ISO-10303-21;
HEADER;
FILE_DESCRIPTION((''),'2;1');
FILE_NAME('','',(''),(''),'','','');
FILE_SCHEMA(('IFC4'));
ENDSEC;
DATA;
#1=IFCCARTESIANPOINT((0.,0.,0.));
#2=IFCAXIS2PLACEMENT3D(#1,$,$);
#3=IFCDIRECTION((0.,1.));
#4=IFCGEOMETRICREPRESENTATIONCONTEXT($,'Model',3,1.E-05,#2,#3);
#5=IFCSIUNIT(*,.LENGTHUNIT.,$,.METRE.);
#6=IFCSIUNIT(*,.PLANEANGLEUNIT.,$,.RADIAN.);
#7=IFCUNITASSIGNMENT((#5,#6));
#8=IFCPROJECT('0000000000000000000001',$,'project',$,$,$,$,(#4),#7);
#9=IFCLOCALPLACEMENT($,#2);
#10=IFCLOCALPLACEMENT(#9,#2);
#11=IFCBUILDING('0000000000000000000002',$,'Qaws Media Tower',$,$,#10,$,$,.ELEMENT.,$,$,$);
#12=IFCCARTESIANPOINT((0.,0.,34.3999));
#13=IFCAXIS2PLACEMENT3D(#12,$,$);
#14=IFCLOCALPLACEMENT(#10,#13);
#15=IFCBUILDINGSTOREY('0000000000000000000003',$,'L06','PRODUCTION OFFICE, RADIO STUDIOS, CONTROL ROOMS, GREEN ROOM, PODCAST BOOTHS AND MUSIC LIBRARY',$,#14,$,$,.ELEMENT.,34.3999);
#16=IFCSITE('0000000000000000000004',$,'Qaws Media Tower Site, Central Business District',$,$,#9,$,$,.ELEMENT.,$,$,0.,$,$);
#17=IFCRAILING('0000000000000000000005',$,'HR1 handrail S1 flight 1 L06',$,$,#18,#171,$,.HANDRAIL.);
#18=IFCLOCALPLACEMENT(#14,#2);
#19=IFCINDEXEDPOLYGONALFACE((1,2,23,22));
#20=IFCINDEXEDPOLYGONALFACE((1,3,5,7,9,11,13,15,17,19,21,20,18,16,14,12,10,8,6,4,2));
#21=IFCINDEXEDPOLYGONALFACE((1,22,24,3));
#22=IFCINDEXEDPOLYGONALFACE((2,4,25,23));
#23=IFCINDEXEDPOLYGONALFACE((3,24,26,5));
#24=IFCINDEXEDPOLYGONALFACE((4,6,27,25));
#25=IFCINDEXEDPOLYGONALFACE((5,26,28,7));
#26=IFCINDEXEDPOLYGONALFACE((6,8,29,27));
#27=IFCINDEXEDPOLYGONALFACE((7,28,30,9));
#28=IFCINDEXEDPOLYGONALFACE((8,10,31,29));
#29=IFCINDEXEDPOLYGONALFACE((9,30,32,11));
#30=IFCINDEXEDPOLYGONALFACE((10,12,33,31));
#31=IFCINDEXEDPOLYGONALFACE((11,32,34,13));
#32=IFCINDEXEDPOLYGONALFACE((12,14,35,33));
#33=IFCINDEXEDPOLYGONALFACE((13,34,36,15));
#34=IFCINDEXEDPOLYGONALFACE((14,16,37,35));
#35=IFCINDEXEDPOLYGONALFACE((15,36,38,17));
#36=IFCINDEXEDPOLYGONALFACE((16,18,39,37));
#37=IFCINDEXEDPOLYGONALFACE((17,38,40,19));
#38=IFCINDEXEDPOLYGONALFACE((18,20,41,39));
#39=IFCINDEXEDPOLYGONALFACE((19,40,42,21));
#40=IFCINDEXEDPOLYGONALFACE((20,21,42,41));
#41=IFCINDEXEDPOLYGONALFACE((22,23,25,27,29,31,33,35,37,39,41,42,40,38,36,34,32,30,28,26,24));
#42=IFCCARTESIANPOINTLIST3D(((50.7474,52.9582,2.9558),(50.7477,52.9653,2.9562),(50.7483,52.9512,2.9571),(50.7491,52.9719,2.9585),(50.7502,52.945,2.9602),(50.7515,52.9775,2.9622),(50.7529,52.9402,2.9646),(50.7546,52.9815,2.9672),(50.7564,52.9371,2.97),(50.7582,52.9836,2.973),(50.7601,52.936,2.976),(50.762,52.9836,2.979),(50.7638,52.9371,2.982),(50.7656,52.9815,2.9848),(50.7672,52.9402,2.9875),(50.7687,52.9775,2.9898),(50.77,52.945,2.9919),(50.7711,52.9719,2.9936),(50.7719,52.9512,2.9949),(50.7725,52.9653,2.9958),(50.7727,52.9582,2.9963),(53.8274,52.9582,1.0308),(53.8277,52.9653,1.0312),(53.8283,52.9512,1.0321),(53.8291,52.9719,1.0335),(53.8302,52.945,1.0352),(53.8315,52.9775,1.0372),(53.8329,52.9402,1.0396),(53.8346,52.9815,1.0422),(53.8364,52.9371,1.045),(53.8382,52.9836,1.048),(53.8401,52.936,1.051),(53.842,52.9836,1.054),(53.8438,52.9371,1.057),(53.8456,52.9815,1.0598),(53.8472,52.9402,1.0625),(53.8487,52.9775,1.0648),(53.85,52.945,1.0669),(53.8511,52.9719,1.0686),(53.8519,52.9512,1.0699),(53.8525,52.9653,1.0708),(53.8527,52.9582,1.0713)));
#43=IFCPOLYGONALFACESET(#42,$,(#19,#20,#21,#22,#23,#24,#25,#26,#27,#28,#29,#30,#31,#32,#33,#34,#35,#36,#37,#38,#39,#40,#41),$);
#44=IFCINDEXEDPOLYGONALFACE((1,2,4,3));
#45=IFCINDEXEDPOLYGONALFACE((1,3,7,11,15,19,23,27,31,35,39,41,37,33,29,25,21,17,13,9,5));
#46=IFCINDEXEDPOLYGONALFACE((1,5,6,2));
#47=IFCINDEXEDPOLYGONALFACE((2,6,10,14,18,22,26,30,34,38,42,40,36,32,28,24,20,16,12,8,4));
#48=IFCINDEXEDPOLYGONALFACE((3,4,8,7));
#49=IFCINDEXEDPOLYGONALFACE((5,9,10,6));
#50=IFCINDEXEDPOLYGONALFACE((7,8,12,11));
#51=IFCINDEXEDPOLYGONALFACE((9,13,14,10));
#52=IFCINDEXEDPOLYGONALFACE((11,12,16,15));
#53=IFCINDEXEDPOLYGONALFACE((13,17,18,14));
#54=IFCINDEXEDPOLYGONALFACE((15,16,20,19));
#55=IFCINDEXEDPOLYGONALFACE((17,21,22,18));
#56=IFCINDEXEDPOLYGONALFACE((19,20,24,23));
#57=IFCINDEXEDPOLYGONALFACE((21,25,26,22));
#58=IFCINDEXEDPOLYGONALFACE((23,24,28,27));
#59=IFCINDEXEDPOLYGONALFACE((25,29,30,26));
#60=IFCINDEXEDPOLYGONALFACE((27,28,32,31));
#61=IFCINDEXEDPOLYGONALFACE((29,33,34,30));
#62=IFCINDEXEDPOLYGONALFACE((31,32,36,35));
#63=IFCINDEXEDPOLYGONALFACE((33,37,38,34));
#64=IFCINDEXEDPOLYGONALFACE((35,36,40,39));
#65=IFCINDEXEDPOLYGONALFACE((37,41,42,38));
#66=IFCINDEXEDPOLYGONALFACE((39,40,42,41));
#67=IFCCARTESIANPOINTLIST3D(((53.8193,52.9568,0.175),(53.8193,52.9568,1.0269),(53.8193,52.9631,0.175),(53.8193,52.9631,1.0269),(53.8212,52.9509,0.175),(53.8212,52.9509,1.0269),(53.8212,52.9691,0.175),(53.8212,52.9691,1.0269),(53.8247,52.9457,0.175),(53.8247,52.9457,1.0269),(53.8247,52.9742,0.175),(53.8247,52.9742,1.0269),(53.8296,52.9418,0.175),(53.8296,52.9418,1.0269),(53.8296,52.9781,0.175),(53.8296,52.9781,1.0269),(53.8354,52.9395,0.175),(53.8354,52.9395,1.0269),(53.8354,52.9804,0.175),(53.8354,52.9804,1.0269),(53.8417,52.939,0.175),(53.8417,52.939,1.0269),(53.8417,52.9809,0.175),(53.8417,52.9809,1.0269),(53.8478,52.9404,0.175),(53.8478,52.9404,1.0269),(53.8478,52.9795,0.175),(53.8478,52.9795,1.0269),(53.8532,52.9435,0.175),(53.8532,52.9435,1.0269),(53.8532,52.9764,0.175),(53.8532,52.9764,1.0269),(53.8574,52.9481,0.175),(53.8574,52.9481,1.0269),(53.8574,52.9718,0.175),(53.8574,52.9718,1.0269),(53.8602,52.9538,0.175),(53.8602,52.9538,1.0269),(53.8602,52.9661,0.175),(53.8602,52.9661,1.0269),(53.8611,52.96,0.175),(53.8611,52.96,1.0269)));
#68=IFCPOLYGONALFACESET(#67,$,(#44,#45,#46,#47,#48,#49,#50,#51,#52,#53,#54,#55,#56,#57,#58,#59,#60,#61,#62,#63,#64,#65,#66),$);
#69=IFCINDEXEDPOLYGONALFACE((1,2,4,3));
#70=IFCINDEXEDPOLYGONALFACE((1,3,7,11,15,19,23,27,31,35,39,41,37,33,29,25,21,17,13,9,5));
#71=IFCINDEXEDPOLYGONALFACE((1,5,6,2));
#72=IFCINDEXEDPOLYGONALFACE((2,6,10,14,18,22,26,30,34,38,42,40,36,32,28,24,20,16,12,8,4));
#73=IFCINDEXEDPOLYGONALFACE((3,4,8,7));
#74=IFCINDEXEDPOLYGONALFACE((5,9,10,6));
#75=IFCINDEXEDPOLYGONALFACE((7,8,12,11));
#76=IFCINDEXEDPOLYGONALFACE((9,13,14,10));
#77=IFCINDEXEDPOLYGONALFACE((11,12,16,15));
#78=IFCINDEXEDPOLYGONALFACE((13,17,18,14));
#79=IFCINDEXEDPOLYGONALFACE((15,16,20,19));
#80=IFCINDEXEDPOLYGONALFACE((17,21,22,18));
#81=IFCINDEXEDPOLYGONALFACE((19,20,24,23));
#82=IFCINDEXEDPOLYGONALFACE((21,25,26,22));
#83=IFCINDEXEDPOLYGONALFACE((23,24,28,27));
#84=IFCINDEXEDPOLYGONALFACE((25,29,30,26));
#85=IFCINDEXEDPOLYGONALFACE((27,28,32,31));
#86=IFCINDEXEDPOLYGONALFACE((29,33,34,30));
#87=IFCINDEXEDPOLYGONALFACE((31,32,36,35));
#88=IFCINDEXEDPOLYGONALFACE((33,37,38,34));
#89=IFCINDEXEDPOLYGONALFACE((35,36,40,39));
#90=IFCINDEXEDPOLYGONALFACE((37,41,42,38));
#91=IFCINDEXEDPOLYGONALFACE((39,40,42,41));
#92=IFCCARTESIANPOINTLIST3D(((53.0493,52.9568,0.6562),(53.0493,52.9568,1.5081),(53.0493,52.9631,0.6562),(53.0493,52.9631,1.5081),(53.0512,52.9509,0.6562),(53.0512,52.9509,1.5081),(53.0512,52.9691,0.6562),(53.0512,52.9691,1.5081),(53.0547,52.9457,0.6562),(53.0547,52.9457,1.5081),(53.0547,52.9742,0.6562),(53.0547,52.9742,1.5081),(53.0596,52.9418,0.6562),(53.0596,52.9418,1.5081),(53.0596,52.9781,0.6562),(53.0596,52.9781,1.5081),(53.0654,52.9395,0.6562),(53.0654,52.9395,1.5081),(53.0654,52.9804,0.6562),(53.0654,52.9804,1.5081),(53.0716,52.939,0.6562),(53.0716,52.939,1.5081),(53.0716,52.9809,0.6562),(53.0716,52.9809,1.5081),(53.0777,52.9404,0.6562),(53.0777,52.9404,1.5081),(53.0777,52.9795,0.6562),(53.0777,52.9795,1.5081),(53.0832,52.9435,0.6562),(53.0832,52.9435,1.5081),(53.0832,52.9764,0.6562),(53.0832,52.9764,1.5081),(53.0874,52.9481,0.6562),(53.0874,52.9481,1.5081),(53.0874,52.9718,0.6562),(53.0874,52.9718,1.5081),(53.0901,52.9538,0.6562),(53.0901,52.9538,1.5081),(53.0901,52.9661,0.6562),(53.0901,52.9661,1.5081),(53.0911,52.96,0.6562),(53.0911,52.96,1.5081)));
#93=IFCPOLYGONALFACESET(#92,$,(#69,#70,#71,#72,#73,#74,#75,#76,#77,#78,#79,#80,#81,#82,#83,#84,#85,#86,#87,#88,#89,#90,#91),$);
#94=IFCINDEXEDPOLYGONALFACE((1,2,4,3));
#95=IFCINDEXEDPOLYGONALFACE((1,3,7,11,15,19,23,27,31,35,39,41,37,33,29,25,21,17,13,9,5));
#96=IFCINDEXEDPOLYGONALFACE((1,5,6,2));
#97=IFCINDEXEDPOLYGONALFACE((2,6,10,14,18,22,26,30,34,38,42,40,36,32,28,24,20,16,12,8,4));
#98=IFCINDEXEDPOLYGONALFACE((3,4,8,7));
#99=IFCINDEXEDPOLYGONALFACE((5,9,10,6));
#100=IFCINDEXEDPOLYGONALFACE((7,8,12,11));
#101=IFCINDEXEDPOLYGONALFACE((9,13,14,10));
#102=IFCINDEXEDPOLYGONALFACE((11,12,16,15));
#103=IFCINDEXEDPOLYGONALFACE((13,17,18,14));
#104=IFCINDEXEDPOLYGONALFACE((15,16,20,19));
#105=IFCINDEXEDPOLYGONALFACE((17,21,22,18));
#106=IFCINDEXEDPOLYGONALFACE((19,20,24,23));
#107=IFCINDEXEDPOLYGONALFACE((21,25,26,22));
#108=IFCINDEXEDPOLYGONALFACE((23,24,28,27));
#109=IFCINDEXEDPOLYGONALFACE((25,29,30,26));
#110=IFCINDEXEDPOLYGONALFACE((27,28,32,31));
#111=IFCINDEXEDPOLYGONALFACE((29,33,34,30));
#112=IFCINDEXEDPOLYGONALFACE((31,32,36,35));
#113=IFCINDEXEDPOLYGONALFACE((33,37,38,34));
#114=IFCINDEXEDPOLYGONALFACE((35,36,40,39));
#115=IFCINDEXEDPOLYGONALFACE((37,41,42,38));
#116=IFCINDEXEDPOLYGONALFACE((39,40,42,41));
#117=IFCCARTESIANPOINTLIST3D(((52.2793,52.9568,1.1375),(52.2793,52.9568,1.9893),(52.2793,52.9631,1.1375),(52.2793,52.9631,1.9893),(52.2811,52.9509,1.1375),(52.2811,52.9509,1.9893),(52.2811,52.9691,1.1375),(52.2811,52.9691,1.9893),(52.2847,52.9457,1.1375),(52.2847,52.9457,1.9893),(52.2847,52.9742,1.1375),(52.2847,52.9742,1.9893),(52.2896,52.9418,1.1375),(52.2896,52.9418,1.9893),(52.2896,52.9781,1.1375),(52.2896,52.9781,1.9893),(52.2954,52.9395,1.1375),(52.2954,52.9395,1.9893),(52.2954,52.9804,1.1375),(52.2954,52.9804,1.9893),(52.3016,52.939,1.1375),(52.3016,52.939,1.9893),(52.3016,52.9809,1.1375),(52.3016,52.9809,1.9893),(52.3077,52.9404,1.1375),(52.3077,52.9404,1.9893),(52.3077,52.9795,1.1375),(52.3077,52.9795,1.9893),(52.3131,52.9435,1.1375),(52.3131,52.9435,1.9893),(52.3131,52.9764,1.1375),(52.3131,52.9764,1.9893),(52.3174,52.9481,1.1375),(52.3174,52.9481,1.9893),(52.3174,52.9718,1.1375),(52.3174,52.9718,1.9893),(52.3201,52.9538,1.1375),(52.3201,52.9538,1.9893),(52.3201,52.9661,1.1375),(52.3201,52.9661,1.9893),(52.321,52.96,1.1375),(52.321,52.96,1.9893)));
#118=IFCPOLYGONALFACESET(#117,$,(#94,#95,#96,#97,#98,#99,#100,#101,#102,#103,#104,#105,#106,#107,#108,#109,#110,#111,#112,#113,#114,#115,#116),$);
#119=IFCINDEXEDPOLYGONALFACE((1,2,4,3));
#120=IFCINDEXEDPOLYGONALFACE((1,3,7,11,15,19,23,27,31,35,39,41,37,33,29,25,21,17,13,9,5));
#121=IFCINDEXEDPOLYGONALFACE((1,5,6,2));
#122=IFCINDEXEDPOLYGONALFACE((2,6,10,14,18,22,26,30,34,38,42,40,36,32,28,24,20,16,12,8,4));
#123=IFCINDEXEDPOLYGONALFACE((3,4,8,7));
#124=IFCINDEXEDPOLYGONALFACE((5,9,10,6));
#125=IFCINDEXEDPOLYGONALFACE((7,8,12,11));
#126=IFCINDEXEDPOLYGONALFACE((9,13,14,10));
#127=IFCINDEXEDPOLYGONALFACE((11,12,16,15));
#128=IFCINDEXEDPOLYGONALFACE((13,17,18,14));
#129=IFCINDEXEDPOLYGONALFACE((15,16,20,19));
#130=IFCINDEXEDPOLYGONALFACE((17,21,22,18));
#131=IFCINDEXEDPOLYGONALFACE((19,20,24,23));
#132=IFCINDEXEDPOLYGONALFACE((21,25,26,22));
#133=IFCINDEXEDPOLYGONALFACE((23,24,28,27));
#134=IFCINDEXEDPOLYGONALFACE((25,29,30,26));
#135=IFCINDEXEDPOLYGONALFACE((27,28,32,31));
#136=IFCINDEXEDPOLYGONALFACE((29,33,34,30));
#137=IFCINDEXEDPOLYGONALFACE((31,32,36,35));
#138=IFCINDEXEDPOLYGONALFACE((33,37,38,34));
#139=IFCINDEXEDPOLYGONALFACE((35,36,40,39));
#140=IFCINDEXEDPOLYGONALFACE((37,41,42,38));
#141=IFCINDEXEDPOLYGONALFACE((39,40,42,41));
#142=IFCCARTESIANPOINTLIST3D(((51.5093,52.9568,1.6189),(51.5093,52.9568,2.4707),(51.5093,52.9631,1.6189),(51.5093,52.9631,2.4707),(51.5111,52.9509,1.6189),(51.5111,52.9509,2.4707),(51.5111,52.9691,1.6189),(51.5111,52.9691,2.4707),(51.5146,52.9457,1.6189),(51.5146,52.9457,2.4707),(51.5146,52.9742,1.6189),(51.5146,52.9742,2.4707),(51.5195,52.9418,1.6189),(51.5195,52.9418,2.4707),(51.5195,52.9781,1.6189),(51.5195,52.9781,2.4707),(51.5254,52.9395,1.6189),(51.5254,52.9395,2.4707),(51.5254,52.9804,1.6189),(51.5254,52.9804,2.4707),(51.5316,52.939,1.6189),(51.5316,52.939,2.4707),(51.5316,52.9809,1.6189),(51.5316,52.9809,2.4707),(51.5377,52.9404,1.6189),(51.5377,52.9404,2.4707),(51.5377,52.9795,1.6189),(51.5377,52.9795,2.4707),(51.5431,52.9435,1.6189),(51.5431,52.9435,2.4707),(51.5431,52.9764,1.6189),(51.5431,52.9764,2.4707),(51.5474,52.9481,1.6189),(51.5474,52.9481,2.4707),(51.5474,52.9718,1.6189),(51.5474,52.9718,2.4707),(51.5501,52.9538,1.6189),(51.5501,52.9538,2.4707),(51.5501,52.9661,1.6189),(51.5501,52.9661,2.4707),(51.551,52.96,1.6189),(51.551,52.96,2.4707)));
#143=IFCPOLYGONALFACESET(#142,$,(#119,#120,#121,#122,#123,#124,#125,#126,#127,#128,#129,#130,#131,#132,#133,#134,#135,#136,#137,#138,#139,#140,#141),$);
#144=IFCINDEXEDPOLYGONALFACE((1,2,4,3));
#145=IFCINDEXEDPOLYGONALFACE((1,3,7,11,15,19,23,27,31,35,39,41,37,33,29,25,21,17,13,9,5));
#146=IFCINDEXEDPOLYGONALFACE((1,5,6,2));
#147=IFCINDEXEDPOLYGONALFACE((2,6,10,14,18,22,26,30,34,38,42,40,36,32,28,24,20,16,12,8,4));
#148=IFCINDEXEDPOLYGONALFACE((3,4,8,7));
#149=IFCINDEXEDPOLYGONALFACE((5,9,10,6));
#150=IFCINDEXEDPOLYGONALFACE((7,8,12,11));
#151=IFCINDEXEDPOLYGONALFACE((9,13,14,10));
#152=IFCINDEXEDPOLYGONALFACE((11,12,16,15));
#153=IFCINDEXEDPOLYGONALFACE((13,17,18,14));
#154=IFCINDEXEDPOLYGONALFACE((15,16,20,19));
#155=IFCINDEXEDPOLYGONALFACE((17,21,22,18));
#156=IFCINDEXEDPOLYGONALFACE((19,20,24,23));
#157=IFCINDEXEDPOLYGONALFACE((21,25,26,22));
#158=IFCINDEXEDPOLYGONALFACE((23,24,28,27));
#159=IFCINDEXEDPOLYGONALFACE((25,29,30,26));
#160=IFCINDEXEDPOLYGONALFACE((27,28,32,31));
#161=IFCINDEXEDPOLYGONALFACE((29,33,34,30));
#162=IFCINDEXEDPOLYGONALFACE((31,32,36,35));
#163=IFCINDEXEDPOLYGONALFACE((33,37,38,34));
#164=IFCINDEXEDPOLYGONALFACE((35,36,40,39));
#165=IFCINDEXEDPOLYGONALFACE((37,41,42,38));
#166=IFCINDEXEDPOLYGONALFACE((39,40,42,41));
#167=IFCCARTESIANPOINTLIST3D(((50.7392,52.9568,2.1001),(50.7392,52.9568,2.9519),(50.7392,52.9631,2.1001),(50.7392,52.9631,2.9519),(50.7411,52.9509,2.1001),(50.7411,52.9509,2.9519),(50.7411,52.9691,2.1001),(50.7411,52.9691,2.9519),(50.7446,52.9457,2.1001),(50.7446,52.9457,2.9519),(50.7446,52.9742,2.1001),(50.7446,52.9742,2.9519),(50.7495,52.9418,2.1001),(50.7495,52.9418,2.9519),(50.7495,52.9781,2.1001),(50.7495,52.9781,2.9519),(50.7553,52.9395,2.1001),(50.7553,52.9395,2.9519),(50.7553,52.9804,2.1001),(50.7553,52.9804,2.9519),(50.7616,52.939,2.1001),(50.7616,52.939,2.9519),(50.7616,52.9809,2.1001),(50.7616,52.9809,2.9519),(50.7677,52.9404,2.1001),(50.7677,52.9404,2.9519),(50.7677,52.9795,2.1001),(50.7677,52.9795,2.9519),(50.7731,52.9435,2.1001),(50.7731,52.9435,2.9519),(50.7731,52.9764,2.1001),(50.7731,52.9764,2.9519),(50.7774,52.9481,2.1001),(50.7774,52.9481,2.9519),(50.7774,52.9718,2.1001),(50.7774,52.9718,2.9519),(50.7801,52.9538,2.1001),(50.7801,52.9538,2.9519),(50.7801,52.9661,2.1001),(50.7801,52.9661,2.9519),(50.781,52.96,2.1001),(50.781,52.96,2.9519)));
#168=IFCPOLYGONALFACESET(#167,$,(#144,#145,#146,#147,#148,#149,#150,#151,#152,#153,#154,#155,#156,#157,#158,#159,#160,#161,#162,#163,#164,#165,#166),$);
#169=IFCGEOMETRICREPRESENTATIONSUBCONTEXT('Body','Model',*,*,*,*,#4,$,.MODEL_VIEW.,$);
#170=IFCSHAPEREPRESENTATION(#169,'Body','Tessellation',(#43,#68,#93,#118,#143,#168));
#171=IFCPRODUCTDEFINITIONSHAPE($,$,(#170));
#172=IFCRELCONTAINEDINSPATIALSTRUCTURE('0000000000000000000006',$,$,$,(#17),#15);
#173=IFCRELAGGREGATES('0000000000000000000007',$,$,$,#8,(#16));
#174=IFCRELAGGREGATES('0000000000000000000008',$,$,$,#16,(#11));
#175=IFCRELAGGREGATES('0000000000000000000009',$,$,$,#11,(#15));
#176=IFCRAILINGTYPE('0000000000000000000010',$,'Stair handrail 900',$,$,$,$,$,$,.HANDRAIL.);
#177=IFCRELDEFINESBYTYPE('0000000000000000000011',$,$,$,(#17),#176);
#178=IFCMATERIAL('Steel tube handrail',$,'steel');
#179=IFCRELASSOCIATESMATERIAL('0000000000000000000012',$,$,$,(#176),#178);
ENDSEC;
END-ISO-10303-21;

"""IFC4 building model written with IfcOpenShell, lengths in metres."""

from ifc_helpers import new_model, si_unit, direction, frame, origin, origin_2d, place, context, subcontext, project, spatial, circle, extrude, material, type_object, element, save


model = new_model("IFC4")

# Units and contexts
model_context = context("Model", 3, precision=1e-05, world=origin(), true_north=direction((0.0, 1.0)))
body_context = subcontext(model_context, "Body", "Model", "MODEL_VIEW")
ifc_project = project(units=[si_unit("LENGTHUNIT", "METRE"), si_unit("PLANEANGLEUNIT", "RADIAN")], contexts=[model_context])

# Site, building, storey
site_placement = place(None, origin())
site = spatial("IfcSite", under=ifc_project, at=site_placement, Name="Qaws Media Tower Site, Central Business District", CompositionType="ELEMENT", RefElevation=0.0)
building_placement = place(site_placement, origin())
building = spatial("IfcBuilding", under=site, at=building_placement, Name="Qaws Media Tower", CompositionType="ELEMENT")
storey_placement = place(building_placement, frame((0.0, 0.0, 34.3999)))
storey = spatial("IfcBuildingStorey", under=building, at=storey_placement, Name="L06", Description="PRODUCTION OFFICE, RADIO STUDIOS, CONTROL ROOMS, GREEN ROOM, PODCAST BOOTHS AND MUSIC LIBRARY", CompositionType="ELEMENT", Elevation=34.3999)

# Railing
ifc_material_1 = material(Name="Steel tube handrail", Category="steel")
railing_type = type_object("IfcRailingType", Name="Stair handrail 900", PredefinedType="HANDRAIL", material=ifc_material_1)
for number, where, name in (
    (1, (53.8401, 52.96, 0.175), "HR1 handrail S1 flight 1 L06"),
):
    element("IfcRailing", number, at=place(storey_placement, frame(where)), inside=storey, type_object=railing_type, Name=name, PredefinedType="HANDRAIL", context=body_context, shape_type="SweptSolid", body=[
        extrude(circle(Radius=0.0239, at=origin_2d()), frame((0.0, 0.0, 0.876), z_axis=(-0.847998, 0.0, 0.529999), x_axis=(0.0, -1.0, 0.0)), (0.0, 0.0, 1.0), 3.6321),
        extrude(circle(Radius=0.021, at=origin_2d()), origin(), (0.0, 0.0, 1.0), 0.8518),
        extrude(circle(Radius=0.021, at=origin_2d()), frame((-0.77, 0.0, 0.4812)), (0.0, 0.0, 1.0), 0.8518),
        extrude(circle(Radius=0.021, at=origin_2d()), frame((-1.54, 0.0, 0.9624)), (0.0, 0.0, 1.0), 0.8518),
        extrude(circle(Radius=0.021, at=origin_2d()), frame((-2.3101, 0.0, 1.4438)), (0.0, 0.0, 1.0), 0.8518),
        extrude(circle(Radius=0.021, at=origin_2d()), frame((-3.0801, 0.0, 1.925)), (0.0, 0.0, 1.0), 0.8518),
    ])

save(model, "model.ifc")
